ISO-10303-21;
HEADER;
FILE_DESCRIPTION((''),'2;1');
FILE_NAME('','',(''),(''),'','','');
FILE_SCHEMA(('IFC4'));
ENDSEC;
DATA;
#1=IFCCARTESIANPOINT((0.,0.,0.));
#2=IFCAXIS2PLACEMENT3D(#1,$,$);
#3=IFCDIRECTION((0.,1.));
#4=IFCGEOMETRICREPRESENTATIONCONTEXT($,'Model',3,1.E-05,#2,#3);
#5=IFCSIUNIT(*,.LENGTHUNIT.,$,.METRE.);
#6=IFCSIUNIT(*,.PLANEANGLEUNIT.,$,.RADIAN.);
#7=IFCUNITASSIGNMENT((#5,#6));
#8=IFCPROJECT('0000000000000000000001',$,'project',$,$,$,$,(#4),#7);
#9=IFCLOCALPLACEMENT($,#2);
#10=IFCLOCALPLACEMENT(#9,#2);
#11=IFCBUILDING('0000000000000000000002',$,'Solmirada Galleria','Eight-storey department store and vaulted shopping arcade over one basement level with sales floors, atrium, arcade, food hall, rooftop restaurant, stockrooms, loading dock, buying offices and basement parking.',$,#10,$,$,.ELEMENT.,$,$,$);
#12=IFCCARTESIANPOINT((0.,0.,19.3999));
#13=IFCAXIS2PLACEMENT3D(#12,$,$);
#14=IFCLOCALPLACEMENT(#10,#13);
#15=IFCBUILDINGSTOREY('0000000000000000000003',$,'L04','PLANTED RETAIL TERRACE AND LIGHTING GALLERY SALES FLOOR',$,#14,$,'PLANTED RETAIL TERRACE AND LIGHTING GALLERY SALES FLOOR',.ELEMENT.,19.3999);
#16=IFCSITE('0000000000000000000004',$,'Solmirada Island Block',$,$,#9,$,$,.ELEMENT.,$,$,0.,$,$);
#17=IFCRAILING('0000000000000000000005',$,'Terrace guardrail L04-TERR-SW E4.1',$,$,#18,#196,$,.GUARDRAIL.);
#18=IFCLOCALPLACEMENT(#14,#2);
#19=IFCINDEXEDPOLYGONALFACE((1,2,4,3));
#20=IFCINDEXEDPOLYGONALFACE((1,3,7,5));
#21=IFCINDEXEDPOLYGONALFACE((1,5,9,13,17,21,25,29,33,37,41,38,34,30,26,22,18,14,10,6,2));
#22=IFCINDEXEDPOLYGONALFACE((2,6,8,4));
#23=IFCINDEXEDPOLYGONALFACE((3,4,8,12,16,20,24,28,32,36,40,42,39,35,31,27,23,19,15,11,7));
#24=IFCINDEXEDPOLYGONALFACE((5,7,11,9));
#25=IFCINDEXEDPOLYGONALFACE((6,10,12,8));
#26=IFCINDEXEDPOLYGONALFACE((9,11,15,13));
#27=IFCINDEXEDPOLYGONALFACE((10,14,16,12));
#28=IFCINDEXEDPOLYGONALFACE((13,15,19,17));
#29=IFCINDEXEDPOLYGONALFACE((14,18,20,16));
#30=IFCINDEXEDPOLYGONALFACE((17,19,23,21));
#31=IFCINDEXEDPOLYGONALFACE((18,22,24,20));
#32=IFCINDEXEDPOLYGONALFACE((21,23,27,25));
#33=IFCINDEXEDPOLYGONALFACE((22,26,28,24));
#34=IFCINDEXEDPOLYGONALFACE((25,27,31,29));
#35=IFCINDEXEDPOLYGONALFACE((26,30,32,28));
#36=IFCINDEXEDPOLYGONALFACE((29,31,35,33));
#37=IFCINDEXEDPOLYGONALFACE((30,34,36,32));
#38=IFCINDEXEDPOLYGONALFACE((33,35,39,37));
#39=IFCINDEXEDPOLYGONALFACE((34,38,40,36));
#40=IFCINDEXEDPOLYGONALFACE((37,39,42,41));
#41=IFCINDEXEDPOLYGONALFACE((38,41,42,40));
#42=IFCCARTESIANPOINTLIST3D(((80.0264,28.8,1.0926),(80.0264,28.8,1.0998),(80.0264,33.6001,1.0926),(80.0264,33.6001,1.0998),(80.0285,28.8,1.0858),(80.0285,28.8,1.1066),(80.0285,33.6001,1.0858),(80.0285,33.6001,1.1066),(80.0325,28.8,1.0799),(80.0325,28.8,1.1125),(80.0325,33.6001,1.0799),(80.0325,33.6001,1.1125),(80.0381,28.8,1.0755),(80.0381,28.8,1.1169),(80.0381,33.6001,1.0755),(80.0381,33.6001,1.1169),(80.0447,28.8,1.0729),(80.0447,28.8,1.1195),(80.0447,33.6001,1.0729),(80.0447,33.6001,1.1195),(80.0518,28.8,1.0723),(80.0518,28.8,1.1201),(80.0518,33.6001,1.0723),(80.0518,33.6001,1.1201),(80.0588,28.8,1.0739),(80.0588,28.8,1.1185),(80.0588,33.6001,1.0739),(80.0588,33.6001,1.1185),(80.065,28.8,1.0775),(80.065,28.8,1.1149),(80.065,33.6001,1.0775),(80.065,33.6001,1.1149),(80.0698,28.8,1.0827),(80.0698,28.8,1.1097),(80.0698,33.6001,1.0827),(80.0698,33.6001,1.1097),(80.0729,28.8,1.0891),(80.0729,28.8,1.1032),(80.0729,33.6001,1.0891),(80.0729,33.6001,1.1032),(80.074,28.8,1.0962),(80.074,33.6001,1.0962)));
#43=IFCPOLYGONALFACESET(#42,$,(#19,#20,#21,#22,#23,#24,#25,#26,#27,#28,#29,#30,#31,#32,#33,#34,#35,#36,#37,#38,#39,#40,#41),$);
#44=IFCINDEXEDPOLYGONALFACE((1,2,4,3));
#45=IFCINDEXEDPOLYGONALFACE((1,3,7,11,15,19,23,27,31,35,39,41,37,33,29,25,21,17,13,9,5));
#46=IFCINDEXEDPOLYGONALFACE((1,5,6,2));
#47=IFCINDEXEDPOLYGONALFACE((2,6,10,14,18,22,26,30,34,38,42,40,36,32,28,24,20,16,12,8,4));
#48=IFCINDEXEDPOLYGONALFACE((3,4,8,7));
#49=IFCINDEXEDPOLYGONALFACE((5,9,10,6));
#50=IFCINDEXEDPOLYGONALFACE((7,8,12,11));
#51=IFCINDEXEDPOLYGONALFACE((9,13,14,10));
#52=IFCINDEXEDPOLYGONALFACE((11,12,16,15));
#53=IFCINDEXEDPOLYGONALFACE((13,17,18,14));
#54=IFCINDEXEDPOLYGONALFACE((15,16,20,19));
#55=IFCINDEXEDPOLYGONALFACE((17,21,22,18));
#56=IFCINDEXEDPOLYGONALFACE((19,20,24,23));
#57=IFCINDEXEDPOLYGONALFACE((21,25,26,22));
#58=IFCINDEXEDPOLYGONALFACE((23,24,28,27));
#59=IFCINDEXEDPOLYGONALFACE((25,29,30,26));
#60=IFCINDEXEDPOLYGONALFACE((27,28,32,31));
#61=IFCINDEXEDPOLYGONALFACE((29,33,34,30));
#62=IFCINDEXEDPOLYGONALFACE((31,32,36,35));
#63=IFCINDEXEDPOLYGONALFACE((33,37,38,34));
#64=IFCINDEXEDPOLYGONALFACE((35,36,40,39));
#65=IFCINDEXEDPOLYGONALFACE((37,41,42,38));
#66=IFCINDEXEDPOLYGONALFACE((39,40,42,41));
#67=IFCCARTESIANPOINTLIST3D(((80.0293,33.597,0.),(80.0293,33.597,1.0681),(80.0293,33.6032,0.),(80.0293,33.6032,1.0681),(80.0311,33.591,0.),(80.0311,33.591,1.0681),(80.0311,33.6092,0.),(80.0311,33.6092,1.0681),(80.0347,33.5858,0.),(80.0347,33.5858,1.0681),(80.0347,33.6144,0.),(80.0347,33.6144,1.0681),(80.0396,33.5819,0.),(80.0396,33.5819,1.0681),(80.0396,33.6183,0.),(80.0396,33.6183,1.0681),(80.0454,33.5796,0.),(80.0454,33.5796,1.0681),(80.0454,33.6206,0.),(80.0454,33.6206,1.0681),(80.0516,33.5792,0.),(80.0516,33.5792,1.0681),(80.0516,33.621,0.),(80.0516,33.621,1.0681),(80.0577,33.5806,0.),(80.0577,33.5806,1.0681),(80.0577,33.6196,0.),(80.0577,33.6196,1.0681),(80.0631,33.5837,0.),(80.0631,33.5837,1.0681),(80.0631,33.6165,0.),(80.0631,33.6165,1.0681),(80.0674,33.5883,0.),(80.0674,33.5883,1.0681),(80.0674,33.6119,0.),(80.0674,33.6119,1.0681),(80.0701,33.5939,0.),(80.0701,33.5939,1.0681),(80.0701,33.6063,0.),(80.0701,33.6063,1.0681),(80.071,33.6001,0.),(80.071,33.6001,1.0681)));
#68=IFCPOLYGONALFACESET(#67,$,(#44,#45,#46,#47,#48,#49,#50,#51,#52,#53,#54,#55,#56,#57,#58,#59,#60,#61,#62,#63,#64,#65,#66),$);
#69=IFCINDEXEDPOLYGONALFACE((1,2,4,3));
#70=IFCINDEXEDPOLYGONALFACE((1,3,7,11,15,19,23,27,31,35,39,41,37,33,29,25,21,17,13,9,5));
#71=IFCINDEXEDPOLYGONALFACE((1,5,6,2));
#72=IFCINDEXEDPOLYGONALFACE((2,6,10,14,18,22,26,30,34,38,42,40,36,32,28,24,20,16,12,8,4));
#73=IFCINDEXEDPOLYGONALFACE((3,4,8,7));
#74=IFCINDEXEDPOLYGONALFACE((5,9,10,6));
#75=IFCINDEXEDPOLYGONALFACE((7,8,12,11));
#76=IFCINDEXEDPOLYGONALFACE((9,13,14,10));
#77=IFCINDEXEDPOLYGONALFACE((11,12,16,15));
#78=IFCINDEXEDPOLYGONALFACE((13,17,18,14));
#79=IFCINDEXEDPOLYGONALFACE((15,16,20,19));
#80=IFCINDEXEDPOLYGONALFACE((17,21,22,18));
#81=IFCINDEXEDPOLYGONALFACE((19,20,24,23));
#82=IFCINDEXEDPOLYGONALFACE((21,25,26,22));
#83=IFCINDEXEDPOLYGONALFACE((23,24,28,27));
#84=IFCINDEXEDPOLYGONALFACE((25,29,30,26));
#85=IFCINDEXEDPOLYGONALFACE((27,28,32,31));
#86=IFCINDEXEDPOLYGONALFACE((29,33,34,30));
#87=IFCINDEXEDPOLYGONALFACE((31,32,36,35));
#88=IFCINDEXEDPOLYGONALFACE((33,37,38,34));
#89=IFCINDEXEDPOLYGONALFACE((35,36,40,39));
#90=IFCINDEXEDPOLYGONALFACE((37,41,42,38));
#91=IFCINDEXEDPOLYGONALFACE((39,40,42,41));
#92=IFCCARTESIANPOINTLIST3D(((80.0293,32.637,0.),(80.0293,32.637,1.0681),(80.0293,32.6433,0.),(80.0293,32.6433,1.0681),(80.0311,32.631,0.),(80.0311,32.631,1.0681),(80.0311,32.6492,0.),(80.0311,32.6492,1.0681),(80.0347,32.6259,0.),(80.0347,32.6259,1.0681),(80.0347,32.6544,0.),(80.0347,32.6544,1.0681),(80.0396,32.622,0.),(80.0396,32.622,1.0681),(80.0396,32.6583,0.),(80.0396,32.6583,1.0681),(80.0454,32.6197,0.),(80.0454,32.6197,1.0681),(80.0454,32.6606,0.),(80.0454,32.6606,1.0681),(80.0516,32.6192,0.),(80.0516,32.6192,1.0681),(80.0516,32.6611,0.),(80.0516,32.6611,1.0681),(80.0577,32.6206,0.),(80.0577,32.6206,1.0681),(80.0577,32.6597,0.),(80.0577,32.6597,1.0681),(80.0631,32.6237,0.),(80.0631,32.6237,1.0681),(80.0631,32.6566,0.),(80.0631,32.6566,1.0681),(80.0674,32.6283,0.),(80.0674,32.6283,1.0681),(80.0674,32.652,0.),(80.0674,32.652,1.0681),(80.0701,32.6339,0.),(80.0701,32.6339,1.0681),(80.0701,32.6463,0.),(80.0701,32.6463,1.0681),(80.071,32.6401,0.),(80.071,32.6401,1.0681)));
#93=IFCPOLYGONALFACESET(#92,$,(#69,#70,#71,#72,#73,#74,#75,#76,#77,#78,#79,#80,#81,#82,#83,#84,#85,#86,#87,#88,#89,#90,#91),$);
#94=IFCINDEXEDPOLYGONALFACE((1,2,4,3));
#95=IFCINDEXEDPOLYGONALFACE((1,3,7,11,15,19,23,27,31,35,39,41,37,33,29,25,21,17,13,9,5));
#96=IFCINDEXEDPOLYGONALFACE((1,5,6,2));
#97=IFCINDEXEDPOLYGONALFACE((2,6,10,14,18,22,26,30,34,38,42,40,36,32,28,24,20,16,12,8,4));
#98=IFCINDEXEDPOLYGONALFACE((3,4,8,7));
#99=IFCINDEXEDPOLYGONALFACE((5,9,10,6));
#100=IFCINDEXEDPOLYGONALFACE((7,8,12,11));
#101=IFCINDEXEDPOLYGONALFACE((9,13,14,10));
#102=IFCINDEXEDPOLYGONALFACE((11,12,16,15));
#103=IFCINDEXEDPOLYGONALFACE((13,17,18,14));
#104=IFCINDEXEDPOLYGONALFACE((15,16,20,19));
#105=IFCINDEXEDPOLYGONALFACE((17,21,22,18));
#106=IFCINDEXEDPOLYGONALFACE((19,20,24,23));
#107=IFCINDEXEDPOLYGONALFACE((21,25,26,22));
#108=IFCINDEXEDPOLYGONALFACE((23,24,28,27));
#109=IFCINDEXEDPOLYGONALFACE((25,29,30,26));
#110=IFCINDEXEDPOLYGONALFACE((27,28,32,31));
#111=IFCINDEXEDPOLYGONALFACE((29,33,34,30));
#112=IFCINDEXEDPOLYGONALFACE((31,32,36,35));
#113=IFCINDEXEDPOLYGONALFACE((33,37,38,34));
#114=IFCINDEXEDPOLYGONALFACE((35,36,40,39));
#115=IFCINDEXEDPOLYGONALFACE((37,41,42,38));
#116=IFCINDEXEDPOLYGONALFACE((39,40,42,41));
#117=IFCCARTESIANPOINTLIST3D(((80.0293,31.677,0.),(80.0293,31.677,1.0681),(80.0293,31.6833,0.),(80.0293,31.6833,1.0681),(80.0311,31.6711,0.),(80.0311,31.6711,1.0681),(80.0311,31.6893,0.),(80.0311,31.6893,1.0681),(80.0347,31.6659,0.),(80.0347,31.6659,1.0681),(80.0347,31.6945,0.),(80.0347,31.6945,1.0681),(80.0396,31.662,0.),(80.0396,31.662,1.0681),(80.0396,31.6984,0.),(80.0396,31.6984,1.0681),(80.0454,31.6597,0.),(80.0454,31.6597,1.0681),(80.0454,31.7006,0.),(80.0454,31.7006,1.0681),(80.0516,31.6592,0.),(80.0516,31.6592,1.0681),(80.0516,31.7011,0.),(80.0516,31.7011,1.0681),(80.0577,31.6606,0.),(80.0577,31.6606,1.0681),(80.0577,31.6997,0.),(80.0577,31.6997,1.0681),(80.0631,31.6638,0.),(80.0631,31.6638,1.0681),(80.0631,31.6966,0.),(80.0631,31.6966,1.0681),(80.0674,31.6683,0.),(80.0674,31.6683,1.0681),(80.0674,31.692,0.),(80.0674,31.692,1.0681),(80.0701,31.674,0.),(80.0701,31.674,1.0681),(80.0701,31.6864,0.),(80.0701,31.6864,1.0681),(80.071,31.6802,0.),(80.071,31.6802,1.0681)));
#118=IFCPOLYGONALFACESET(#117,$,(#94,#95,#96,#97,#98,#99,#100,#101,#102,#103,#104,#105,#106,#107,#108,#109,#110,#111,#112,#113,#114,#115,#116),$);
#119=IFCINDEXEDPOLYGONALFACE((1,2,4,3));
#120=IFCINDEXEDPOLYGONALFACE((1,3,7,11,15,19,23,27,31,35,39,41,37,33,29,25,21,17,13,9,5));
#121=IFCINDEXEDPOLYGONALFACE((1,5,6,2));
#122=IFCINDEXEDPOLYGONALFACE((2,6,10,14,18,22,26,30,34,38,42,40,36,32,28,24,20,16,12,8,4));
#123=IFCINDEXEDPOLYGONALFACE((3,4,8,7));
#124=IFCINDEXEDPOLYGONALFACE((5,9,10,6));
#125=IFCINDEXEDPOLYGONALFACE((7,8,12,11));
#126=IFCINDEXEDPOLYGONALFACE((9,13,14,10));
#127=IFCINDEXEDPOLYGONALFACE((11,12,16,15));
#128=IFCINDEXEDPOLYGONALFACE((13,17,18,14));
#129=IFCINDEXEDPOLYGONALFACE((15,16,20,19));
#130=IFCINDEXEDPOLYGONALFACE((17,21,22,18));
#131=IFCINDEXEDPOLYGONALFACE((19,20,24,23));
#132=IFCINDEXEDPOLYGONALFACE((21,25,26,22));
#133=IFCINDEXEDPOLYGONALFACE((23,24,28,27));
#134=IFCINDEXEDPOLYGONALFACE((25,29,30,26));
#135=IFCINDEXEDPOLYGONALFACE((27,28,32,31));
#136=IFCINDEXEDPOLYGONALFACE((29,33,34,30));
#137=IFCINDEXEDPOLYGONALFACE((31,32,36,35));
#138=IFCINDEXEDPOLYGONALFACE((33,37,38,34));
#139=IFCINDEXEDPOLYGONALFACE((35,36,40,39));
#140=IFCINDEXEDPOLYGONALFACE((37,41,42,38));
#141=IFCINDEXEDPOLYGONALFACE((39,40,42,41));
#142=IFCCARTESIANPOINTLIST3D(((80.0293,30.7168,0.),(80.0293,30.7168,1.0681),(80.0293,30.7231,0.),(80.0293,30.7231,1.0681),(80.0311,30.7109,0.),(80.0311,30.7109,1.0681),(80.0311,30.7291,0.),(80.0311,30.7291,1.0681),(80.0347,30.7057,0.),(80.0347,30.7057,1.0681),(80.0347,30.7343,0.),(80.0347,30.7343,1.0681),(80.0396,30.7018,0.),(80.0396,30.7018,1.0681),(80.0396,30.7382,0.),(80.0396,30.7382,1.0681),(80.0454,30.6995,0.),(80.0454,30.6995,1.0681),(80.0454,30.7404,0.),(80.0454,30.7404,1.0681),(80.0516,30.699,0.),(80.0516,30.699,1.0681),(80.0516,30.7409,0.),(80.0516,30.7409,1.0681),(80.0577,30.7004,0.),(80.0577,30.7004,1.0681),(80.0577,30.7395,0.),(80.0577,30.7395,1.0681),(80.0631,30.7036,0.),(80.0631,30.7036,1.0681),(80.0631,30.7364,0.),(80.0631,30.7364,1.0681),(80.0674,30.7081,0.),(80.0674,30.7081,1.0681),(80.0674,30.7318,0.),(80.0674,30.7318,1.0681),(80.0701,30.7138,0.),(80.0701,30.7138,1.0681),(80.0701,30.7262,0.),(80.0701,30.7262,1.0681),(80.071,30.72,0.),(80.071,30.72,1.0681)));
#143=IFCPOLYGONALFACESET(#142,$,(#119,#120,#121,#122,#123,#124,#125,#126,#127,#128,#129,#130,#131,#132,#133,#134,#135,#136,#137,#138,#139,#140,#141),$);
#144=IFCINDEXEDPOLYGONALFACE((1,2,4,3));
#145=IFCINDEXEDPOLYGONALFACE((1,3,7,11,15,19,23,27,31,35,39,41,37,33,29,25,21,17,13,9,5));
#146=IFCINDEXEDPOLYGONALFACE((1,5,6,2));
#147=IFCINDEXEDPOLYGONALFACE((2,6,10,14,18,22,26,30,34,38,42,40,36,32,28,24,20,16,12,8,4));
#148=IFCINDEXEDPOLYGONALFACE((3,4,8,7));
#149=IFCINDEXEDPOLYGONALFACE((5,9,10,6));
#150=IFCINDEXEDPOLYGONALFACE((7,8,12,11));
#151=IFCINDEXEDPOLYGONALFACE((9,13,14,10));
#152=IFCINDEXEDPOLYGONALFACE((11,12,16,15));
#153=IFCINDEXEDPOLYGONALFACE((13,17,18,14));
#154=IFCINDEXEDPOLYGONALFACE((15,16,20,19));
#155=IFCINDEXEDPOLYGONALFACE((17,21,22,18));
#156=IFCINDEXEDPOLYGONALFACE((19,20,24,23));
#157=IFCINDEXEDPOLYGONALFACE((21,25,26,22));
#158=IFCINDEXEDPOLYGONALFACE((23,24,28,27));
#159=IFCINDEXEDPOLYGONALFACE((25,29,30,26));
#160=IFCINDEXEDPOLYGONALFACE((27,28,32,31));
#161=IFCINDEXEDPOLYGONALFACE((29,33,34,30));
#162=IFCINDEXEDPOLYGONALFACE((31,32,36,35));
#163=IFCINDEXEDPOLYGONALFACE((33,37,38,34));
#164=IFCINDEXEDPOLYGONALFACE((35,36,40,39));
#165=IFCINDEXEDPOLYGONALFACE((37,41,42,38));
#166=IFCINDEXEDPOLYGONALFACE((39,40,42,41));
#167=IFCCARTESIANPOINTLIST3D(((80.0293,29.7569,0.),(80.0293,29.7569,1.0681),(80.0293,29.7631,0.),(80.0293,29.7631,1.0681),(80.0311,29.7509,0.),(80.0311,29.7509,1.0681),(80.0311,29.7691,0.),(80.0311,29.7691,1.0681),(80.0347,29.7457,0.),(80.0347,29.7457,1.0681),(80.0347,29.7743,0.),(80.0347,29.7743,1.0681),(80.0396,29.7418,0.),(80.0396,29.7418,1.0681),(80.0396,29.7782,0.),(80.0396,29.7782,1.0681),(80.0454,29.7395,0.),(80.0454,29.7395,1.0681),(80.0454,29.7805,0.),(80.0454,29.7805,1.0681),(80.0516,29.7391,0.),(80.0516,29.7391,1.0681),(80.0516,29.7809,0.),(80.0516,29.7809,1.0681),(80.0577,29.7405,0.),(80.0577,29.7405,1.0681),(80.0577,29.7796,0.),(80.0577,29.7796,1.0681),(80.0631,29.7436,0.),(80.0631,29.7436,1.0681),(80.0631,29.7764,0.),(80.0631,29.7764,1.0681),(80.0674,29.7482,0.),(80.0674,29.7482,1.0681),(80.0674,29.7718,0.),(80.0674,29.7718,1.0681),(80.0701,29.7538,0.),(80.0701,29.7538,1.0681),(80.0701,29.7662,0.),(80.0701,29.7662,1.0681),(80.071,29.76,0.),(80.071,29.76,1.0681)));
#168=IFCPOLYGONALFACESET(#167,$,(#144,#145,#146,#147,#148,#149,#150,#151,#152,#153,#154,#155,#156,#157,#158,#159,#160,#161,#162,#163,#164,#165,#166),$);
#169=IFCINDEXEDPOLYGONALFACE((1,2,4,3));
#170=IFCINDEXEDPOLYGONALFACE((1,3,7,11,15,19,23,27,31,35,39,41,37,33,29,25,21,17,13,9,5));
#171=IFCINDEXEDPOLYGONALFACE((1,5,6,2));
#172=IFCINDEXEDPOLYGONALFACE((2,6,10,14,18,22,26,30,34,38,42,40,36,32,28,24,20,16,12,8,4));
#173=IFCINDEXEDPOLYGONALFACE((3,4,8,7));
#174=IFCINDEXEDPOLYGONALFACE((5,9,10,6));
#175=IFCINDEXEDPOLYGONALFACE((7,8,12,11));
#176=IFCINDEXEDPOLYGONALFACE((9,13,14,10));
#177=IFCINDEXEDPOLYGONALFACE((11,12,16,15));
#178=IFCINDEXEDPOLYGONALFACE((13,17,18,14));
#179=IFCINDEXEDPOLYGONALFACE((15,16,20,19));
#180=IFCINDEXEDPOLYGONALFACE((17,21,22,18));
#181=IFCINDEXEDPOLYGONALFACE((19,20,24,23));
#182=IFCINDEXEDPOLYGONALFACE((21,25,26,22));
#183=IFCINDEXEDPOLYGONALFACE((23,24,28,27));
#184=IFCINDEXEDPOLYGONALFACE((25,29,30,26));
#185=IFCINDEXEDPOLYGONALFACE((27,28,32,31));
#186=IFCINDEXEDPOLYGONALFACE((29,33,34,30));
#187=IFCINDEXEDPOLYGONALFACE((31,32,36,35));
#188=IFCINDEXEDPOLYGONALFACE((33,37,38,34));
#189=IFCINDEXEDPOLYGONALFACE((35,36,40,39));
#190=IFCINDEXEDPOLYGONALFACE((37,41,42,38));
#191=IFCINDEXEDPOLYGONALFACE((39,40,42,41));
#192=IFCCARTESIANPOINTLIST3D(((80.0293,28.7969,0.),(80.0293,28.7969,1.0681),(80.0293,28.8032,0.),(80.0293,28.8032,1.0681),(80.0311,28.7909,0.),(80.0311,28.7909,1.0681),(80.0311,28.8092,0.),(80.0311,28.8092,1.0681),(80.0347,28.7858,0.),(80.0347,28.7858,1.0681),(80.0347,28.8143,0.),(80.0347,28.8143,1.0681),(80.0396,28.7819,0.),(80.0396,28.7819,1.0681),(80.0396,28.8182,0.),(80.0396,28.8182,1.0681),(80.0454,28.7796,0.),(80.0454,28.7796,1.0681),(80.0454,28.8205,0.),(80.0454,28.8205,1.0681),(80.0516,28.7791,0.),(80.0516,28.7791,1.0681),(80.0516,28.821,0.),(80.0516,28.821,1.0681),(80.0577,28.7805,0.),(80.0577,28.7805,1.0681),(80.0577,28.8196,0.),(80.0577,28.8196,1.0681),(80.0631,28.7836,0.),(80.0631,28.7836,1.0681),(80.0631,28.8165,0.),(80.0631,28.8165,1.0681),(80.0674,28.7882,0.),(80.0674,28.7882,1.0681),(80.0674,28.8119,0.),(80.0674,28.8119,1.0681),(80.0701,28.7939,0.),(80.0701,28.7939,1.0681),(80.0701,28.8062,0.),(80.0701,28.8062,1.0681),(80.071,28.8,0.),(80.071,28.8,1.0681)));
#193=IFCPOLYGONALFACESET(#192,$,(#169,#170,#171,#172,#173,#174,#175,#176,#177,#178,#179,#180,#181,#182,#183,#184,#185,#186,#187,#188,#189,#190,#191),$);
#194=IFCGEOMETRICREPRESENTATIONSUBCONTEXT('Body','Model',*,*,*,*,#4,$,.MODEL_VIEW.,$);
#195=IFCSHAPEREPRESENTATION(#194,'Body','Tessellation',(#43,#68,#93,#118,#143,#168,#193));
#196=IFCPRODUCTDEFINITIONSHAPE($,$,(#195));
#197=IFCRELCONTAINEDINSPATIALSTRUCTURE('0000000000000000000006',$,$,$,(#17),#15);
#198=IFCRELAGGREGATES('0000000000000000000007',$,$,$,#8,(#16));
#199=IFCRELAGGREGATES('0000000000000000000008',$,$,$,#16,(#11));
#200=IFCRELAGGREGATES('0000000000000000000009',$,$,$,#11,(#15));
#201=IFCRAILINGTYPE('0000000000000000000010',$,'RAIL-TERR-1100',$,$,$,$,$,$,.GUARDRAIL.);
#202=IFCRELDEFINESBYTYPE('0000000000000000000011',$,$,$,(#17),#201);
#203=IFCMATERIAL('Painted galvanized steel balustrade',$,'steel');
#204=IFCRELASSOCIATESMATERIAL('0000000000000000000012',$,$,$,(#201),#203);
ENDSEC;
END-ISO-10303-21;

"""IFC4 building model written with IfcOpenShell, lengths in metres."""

from ifc_helpers import new_model, si_unit, direction, frame, origin, origin_2d, place, context, subcontext, project, spatial, circle, extrude, material, type_object, element, save


model = new_model("IFC4")

# Units and contexts
model_context = context("Model", 3, precision=1e-05, world=origin(), true_north=direction((0.0, 1.0)))
body_context = subcontext(model_context, "Body", "Model", "MODEL_VIEW")
ifc_project = project(units=[si_unit("LENGTHUNIT", "METRE"), si_unit("PLANEANGLEUNIT", "RADIAN")], contexts=[model_context])

# Site, building, storey
site_placement = place(None, origin())
site = spatial("IfcSite", under=ifc_project, at=site_placement, Name="Solmirada Island Block", CompositionType="ELEMENT", RefElevation=0.0)
building_placement = place(site_placement, origin())
building = spatial("IfcBuilding", under=site, at=building_placement, Name="Solmirada Galleria", Description="Eight-storey department store and vaulted shopping arcade over one basement level with sales floors, atrium, arcade, food hall, rooftop restaurant, stockrooms, loading dock, buying offices and basement parking.", CompositionType="ELEMENT")
storey_placement = place(building_placement, frame((0.0, 0.0, 19.3999)))
storey = spatial("IfcBuildingStorey", under=building, at=storey_placement, Name="L04", Description="PLANTED RETAIL TERRACE AND LIGHTING GALLERY SALES FLOOR", LongName="PLANTED RETAIL TERRACE AND LIGHTING GALLERY SALES FLOOR", CompositionType="ELEMENT", Elevation=19.3999)

# Railing
ifc_material_1 = material(Name="Painted galvanized steel balustrade", Category="steel")
railing_type = type_object("IfcRailingType", Name="RAIL-TERR-1100", PredefinedType="GUARDRAIL", material=ifc_material_1)
railing_placement = place(storey_placement, frame((80.05, 33.6001, 0.0)))
element("IfcRailing", 1, at=railing_placement, inside=storey, type_object=railing_type, Name="Terrace guardrail L04-TERR-SW E4.1", PredefinedType="GUARDRAIL", context=body_context, shape_type="SweptSolid", body=[
    extrude(circle(Radius=0.0239, at=origin_2d()), frame((0.0, 0.0, 1.0962), z_axis=(0.0, -1.0, 0.0), x_axis=(1.0, 0.0, 0.0)), (0.0, 0.0, 1.0), 4.8),
    extrude(circle(Radius=0.021, at=origin_2d()), origin(), (0.0, 0.0, 1.0), 1.0681),
    extrude(circle(Radius=0.021, at=origin_2d()), frame((0.0, -0.96, 0.0)), (0.0, 0.0, 1.0), 1.0681),
    extrude(circle(Radius=0.021, at=origin_2d()), frame((0.0, -1.9199, 0.0)), (0.0, 0.0, 1.0), 1.0681),
    extrude(circle(Radius=0.021, at=origin_2d()), frame((0.0, -2.8801, 0.0)), (0.0, 0.0, 1.0), 1.0681),
    extrude(circle(Radius=0.021, at=origin_2d()), frame((0.0, -3.8401, 0.0)), (0.0, 0.0, 1.0), 1.0681),
    extrude(circle(Radius=0.021, at=origin_2d()), frame((0.0, -4.8, 0.0)), (0.0, 0.0, 1.0), 1.0681),
])

save(model, "model.ifc")
